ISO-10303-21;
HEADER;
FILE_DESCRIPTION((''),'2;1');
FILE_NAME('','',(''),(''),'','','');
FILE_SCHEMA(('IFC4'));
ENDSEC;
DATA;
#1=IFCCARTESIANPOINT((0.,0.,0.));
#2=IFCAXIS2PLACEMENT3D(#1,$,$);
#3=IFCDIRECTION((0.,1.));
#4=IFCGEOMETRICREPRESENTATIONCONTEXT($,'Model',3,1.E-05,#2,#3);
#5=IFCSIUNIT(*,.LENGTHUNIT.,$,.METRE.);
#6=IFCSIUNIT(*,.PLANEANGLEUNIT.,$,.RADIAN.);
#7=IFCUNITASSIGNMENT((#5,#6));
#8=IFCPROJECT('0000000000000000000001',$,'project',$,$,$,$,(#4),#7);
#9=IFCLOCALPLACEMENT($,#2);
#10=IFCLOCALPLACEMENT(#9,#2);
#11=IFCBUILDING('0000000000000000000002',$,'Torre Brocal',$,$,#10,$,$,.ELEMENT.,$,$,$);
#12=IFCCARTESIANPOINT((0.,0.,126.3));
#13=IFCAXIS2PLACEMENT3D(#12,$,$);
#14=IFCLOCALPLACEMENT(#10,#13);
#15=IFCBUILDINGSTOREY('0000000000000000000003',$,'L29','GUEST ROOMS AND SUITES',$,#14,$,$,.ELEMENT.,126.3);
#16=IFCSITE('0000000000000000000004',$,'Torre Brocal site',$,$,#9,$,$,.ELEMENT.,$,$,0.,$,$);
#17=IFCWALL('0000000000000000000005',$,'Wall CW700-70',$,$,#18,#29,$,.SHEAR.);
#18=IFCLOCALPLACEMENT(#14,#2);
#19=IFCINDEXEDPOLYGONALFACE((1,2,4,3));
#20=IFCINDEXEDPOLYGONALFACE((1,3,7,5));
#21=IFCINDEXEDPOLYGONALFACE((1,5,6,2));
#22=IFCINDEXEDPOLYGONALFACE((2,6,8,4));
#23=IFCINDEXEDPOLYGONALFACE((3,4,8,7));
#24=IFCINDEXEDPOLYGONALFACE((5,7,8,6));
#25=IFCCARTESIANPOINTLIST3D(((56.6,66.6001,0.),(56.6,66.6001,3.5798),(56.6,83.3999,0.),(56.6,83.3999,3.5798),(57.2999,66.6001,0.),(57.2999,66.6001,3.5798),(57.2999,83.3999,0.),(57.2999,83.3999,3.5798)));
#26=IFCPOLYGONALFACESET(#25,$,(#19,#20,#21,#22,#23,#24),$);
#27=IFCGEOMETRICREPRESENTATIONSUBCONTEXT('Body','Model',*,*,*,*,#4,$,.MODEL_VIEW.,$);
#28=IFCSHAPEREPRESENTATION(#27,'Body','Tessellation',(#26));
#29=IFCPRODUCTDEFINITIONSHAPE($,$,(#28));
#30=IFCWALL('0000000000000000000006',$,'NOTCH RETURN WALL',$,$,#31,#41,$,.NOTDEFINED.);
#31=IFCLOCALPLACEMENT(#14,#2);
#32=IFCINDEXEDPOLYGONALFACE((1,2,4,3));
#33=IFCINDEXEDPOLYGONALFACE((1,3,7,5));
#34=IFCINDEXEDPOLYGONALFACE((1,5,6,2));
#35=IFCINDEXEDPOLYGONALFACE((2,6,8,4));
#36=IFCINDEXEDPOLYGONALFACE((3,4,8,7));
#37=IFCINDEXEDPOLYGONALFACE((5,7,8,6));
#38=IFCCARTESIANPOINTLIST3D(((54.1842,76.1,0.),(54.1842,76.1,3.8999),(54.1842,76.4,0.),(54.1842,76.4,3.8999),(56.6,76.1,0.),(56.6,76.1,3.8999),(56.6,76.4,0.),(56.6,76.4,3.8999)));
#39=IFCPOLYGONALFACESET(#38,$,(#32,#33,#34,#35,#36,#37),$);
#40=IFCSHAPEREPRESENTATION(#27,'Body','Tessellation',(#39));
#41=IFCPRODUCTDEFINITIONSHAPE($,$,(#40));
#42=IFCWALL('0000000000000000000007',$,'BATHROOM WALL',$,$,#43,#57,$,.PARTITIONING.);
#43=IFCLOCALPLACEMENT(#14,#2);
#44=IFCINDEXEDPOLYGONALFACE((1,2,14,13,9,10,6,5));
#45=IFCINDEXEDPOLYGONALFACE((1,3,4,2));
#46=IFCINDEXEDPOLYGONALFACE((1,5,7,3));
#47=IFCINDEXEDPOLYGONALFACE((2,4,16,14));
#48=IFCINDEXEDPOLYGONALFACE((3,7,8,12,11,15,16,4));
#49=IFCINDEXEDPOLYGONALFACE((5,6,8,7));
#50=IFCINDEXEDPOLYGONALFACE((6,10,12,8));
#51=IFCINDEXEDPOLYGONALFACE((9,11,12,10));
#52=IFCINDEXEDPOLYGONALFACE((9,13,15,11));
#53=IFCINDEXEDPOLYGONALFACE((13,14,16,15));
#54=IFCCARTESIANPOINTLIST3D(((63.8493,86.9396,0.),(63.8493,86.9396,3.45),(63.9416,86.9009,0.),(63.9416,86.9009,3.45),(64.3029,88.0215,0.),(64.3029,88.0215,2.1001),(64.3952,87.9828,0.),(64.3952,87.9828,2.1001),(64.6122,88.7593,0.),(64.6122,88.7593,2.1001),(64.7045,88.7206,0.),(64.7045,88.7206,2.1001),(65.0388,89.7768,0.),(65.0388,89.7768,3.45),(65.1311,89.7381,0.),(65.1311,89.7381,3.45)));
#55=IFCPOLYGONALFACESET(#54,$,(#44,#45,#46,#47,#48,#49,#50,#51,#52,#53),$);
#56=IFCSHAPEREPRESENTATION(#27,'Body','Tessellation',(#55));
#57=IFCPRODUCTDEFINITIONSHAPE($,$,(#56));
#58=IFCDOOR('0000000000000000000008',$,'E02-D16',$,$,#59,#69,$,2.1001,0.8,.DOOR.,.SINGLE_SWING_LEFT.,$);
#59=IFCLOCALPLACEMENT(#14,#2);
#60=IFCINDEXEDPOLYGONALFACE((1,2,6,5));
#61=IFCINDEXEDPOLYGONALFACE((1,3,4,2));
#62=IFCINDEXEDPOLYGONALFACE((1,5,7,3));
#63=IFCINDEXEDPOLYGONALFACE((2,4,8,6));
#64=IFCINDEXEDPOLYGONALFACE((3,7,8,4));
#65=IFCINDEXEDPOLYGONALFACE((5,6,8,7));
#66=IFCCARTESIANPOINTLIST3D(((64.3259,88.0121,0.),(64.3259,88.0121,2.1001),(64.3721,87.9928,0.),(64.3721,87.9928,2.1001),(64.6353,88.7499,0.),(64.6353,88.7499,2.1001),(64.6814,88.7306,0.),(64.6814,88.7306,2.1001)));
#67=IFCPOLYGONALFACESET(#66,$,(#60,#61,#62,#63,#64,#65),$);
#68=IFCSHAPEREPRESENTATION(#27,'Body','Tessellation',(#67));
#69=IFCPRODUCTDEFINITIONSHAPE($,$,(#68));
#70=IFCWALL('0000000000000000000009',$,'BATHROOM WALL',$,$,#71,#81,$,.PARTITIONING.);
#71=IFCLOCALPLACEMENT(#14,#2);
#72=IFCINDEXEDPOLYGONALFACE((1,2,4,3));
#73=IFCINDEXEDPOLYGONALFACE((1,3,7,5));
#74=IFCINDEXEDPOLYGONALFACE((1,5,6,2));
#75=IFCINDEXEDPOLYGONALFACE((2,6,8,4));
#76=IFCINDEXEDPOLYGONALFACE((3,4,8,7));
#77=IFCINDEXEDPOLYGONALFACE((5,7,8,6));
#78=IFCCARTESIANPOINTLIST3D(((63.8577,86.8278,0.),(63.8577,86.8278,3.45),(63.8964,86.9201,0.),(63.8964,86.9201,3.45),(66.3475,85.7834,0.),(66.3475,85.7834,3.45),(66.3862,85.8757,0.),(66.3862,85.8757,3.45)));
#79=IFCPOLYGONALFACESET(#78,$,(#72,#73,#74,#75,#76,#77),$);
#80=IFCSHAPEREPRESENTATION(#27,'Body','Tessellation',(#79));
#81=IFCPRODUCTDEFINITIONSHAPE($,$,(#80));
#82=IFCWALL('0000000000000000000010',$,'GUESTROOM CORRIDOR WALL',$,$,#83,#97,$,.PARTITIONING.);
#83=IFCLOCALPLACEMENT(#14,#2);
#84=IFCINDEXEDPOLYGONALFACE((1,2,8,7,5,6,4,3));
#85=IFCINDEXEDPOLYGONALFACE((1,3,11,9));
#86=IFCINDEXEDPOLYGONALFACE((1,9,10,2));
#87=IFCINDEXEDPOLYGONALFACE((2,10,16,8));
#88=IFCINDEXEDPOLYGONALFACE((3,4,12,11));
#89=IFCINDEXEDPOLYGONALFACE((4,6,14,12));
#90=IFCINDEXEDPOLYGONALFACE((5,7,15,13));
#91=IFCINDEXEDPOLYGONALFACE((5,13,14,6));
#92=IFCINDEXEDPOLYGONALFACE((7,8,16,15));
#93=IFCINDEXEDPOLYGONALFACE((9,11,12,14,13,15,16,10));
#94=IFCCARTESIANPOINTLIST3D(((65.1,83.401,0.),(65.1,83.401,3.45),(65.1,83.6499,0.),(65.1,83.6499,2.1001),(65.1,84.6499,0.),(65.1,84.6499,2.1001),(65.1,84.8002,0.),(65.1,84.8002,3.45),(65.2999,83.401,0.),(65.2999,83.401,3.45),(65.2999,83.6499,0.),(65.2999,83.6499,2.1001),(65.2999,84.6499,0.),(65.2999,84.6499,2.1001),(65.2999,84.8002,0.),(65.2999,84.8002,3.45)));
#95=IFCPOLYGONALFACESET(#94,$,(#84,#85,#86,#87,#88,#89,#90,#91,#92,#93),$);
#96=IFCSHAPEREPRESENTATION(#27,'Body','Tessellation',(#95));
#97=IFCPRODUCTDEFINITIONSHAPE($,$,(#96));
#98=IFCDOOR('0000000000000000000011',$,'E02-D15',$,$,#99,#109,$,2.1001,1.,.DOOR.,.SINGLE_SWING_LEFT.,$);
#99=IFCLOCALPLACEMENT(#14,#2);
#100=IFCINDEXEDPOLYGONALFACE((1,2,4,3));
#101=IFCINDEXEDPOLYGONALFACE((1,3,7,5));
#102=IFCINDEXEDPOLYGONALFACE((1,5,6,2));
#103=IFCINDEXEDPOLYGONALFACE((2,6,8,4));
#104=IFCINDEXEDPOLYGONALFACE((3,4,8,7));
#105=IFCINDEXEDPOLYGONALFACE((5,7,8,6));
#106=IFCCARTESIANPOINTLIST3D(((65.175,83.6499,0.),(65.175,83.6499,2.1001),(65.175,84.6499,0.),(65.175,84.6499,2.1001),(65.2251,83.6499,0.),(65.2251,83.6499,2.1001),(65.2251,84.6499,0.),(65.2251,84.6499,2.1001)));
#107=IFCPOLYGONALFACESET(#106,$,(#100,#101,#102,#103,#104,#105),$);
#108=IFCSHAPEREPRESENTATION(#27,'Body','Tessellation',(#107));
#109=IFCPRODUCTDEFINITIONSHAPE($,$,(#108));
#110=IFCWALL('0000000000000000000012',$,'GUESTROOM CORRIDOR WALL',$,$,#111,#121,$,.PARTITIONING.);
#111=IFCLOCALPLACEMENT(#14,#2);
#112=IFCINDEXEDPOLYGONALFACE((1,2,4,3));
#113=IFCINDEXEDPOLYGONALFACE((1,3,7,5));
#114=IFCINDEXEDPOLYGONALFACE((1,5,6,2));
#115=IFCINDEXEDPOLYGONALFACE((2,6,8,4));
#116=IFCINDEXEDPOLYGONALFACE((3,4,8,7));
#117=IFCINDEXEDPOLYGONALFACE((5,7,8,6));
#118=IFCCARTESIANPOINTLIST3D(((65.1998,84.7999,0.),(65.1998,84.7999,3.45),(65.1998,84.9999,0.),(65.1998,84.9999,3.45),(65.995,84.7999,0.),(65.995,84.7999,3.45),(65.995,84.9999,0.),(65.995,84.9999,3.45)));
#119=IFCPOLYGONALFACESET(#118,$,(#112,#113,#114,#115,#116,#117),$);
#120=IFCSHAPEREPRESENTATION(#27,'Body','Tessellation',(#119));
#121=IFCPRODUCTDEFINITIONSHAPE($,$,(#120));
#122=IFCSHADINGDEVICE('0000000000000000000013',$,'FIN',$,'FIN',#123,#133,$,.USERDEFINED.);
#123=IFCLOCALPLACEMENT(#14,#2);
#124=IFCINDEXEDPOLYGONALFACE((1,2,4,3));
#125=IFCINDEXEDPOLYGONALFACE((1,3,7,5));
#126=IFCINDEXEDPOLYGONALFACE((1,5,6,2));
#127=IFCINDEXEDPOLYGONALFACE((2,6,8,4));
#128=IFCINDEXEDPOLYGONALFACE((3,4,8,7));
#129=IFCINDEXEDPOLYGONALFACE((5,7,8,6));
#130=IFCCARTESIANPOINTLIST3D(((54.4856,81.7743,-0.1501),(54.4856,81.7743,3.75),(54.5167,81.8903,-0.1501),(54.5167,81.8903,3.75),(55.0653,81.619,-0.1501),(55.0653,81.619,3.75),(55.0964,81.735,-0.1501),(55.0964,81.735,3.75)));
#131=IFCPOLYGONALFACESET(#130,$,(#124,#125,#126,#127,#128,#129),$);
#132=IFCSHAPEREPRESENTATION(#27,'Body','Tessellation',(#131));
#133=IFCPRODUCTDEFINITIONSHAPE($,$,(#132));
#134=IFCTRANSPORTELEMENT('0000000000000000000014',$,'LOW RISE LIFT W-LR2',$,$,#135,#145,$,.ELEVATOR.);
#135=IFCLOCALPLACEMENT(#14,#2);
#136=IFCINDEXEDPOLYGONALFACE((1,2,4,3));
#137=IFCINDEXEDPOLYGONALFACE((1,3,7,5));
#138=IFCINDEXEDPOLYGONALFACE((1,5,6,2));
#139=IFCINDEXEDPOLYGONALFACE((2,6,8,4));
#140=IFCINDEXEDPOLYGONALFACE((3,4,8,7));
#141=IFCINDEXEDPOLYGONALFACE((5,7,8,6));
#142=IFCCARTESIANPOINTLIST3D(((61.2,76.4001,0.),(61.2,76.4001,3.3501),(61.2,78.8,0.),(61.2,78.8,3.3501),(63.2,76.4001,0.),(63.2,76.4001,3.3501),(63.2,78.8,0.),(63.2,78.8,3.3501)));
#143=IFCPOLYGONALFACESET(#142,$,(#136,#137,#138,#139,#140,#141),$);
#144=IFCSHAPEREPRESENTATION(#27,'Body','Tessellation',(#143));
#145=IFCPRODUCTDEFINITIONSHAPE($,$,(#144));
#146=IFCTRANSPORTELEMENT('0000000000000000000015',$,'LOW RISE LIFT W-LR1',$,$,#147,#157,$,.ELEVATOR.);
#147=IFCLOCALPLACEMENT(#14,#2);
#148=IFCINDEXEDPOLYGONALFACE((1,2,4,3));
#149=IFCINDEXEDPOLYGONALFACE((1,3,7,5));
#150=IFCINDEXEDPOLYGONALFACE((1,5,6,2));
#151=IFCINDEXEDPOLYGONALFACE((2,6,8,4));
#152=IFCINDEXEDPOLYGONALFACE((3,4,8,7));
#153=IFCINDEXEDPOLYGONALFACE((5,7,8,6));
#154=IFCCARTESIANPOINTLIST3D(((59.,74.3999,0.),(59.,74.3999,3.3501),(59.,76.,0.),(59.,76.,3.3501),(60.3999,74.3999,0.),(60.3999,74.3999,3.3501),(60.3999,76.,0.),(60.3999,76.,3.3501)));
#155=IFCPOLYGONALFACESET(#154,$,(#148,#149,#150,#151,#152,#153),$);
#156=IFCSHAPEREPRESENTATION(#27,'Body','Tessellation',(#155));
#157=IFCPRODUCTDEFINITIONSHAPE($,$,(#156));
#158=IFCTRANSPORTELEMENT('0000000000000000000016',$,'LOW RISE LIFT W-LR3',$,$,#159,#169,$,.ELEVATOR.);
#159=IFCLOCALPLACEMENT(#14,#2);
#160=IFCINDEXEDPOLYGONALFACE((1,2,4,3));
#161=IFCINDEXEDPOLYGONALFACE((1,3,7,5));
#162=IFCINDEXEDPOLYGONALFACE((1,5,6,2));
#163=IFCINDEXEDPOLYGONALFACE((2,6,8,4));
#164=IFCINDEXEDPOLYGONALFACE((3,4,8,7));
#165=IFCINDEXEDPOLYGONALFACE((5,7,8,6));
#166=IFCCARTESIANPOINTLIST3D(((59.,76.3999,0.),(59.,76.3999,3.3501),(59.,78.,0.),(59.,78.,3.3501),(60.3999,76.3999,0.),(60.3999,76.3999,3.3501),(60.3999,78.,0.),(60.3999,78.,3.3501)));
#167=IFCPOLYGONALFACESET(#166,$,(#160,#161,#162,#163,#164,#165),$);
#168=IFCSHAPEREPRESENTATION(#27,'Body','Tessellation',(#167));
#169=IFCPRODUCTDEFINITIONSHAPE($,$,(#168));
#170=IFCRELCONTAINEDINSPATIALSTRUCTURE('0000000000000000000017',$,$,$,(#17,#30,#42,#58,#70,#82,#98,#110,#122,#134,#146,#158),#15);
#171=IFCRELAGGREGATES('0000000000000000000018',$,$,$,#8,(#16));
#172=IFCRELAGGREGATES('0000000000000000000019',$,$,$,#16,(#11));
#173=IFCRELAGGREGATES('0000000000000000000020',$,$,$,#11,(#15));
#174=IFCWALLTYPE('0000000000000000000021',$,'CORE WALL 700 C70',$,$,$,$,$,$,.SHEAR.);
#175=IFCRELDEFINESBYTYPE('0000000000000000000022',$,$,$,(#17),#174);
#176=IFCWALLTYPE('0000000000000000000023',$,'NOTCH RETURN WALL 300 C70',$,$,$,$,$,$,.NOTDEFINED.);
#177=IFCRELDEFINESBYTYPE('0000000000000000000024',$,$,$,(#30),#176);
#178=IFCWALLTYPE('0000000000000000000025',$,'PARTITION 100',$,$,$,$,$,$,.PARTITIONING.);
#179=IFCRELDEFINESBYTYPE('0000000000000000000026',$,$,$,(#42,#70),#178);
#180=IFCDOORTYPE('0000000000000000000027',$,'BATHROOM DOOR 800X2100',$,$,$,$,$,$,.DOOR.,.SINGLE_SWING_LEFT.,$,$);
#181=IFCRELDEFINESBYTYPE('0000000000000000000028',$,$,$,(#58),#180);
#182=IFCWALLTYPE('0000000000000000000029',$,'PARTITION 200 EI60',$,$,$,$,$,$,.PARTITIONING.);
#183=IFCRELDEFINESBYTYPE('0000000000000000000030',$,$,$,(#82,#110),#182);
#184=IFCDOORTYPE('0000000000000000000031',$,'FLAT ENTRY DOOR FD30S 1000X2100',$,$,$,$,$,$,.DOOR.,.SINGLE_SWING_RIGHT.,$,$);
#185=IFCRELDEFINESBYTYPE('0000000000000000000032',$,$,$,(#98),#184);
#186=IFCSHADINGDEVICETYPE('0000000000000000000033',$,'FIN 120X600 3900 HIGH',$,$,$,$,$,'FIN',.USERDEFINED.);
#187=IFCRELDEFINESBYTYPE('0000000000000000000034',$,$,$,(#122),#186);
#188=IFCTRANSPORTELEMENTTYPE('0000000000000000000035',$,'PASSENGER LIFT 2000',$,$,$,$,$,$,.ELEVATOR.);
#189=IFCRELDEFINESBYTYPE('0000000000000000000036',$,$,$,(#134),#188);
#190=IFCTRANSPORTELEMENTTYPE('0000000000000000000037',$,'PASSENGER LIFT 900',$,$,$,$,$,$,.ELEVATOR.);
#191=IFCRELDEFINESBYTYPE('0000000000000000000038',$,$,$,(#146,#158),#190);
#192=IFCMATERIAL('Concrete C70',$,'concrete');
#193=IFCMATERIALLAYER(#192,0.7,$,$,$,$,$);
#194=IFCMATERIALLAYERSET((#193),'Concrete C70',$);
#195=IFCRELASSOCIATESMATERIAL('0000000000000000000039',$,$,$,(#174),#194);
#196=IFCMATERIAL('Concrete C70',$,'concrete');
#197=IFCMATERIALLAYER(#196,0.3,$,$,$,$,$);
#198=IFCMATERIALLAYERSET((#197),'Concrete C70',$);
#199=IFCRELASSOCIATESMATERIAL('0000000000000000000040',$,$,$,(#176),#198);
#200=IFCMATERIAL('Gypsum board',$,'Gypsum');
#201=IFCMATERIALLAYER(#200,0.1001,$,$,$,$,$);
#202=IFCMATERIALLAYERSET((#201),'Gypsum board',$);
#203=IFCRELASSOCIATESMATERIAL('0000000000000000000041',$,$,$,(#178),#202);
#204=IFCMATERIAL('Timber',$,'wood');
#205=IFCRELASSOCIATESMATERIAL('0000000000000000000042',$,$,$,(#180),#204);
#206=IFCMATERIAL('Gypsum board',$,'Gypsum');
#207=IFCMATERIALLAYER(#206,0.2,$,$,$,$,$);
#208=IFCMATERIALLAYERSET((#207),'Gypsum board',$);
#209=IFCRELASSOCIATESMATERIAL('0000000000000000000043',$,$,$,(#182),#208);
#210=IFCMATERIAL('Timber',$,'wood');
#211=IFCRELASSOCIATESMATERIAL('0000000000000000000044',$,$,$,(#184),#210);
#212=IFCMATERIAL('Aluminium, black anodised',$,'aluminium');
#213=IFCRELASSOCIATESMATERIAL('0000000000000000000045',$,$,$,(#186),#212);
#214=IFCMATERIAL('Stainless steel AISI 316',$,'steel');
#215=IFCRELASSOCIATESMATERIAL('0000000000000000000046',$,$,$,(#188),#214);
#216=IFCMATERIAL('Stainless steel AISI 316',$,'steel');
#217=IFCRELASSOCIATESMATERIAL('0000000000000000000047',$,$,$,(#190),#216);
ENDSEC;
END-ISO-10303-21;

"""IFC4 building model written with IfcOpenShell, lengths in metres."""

from ifc_helpers import new_model, si_unit, direction, frame, frame_2d, origin, origin_2d, place, context, subcontext, project, spatial, rectangle, extrude, material, layer, layer_set, material_profile, profile_set, type_object, element, fill, save


model = new_model("IFC4")

# Units and contexts
model_context = context("Model", 3, precision=1e-05, world=origin(), true_north=direction((0.0, 1.0)))
body_context = subcontext(model_context, "Body", "Model", "MODEL_VIEW")
ifc_project = project(units=[si_unit("LENGTHUNIT", "METRE"), si_unit("PLANEANGLEUNIT", "RADIAN")], contexts=[model_context])

# Site, building, storey
site_placement = place(None, origin())
site = spatial("IfcSite", under=ifc_project, at=site_placement, Name="Torre Brocal site", CompositionType="ELEMENT", RefElevation=0.0)
building_placement = place(site_placement, origin())
building = spatial("IfcBuilding", under=site, at=building_placement, Name="Torre Brocal", CompositionType="ELEMENT")
storey_placement = place(building_placement, frame((0.0, 0.0, 126.3)))
storey = spatial("IfcBuildingStorey", under=building, at=storey_placement, Name="L29", Description="GUEST ROOMS AND SUITES", CompositionType="ELEMENT", Elevation=126.3)

# Walls
ifc_material_1 = material(Name="Concrete C70", Category="concrete")
ifc_layer_1 = layer(ifc_material_1, 0.7)
ifc_layer_set_1 = layer_set([ifc_layer_1], Name="Concrete C70")
wall_type_1 = type_object("IfcWallType", Name="CORE WALL 700 C70", PredefinedType="SHEAR", material=ifc_layer_set_1)
wall_1_placement = place(storey_placement, frame((56.95, 83.3999, 0.0), z_axis=(0.0, 0.0, 1.0), x_axis=(0.0, -1.0, 0.0)))
element("IfcWall", 1, at=wall_1_placement, inside=storey, type_object=wall_type_1, Name="Wall CW700-70", PredefinedType="SHEAR", context=body_context, shape_type="SweptSolid", body=[
    extrude(rectangle(XDim=16.7998, YDim=0.7, at=frame_2d((8.3999, 0.0))), origin(), (0.0, 0.0, 1.0), 3.5798),
])
ifc_material_2 = material(Name="Concrete C70", Category="concrete")
ifc_layer_2 = layer(ifc_material_2, 0.3)
ifc_layer_set_2 = layer_set([ifc_layer_2], Name="Concrete C70")
wall_type_2 = type_object("IfcWallType", Name="NOTCH RETURN WALL 300 C70", PredefinedType="NOTDEFINED", material=ifc_layer_set_2)
wall_2_placement = place(storey_placement, frame((56.6001, 76.25, 0.0), z_axis=(0.0, 0.0, 1.0), x_axis=(-1.0, 0.0, 0.0)))
element("IfcWall", 2, at=wall_2_placement, inside=storey, type_object=wall_type_2, Name="NOTCH RETURN WALL", PredefinedType="NOTDEFINED", context=body_context, shape_type="SweptSolid", body=[
    extrude(rectangle(XDim=2.4158, YDim=0.3, at=frame_2d((1.208, 0.0))), origin(), (0.0, 0.0, 1.0), 3.8999),
])

# Wall, opening, door
ifc_material_3 = material(Name="Gypsum board", Category="Gypsum")
ifc_layer_3 = layer(ifc_material_3, 0.1001)
ifc_layer_set_3 = layer_set([ifc_layer_3], Name="Gypsum board")
wall_type_3 = type_object("IfcWallType", Name="PARTITION 100", PredefinedType="PARTITIONING", material=ifc_layer_set_3)
wall_3_placement = place(storey_placement, frame((63.8955, 86.9204, 0.0), z_axis=(0.0, 0.0, 1.0), x_axis=(0.386637, 0.922232, 0.0)))
wall_3 = element("IfcWall", 3, at=wall_3_placement, inside=storey, type_object=wall_type_3, Name="BATHROOM WALL", PredefinedType="PARTITIONING", context=body_context, shape_type="SweptSolid", body=[
    extrude(rectangle(XDim=3.0764, YDim=0.1001, at=frame_2d((1.5381, 0.0))), origin(), (0.0, 0.0, 1.0), 3.45),
])
opening_1_placement = place(wall_3_placement, frame((1.1731, 0.0, 0.0)))
opening_1 = element("IfcOpeningElement", 4, at=opening_1_placement, cuts=wall_3, PredefinedType="OPENING", context=body_context, shape_type="SweptSolid", body=[
    extrude(rectangle(XDim=0.8, YDim=2.1001, at=frame_2d((0.3999, 1.05))), frame((0.0, 0.0601, 0.0), z_axis=(0.0, -1.0, 0.0), x_axis=(1.0, 0.0, 0.0)), (0.0, 0.0, 1.0), 0.1201),
])
ifc_material_4 = material(Name="Timber", Category="wood")
door_type_1 = type_object("IfcDoorType", Name="BATHROOM DOOR 800X2100", OperationType="SINGLE_SWING_LEFT", PredefinedType="DOOR", material=ifc_material_4)
door_1_placement = place(opening_1_placement, frame((0.8, 0.0, 0.0), z_axis=(0.0, 0.0, 1.0), x_axis=(-1.0, 0.0, 0.0)))
door_1 = element("IfcDoor", 5, at=door_1_placement, inside=storey, type_object=door_type_1, Name="E02-D16", OperationType="SINGLE_SWING_LEFT", OverallHeight=2.1001, OverallWidth=0.8, PredefinedType="DOOR", context=body_context, shape_type="SweptSolid", body=[
    extrude(rectangle(XDim=0.8, YDim=2.1001, at=frame_2d((0.3999, 1.05))), frame((0.0, 0.0249, 0.0), z_axis=(0.0, -1.0, 0.0), x_axis=(1.0, 0.0, 0.0)), (0.0, 0.0, 1.0), 0.05),
])
fill(opening_1, door_1)

# Wall
wall_4_placement = place(storey_placement, frame((63.877, 86.874, 0.0), z_axis=(0.0, 0.0, 1.0), x_axis=(0.922149, -0.386836, 0.0)))
element("IfcWall", 6, at=wall_4_placement, inside=storey, type_object=wall_type_3, Name="BATHROOM WALL", PredefinedType="PARTITIONING", context=body_context, shape_type="SweptSolid", body=[
    extrude(rectangle(XDim=2.7, YDim=0.1001, at=frame_2d((1.3501, 0.0))), origin(), (0.0, 0.0, 1.0), 3.45),
])

# Wall, opening, door
ifc_material_5 = material(Name="Gypsum board", Category="Gypsum")
ifc_layer_4 = layer(ifc_material_5, 0.2)
ifc_layer_set_4 = layer_set([ifc_layer_4], Name="Gypsum board")
wall_type_4 = type_object("IfcWallType", Name="PARTITION 200 EI60", PredefinedType="PARTITIONING", material=ifc_layer_set_4)
wall_5_placement = place(storey_placement, frame((65.2, 83.4009, 0.0), z_axis=(0.0, 0.0, 1.0), x_axis=(0.0, 1.0, 0.0)))
wall_5 = element("IfcWall", 7, at=wall_5_placement, inside=storey, type_object=wall_type_4, Name="GUESTROOM CORRIDOR WALL", PredefinedType="PARTITIONING", context=body_context, shape_type="SweptSolid", body=[
    extrude(rectangle(XDim=1.3992, YDim=0.2, at=frame_2d((0.6997, 0.0))), origin(), (0.0, 0.0, 1.0), 3.45),
])
opening_2_placement = place(wall_5_placement, frame((0.249, 0.0, 0.0)))
opening_2 = element("IfcOpeningElement", 8, at=opening_2_placement, cuts=wall_5, PredefinedType="OPENING", context=body_context, shape_type="SweptSolid", body=[
    extrude(rectangle(XDim=1.0, YDim=2.1001, at=frame_2d((0.5, 1.05))), frame((0.0, 0.1099, 0.0), z_axis=(0.0, -1.0, 0.0), x_axis=(1.0, 0.0, 0.0)), (0.0, 0.0, 1.0), 0.22),
])
ifc_material_6 = material(Name="Timber", Category="wood")
door_type_2 = type_object("IfcDoorType", Name="FLAT ENTRY DOOR FD30S 1000X2100", OperationType="SINGLE_SWING_RIGHT", PredefinedType="DOOR", material=ifc_material_6)
door_2_placement = place(opening_2_placement, origin())
door_2 = element("IfcDoor", 9, at=door_2_placement, inside=storey, type_object=door_type_2, Name="E02-D15", OperationType="SINGLE_SWING_LEFT", OverallHeight=2.1001, OverallWidth=1.0, PredefinedType="DOOR", context=body_context, shape_type="SweptSolid", body=[
    extrude(rectangle(XDim=1.0, YDim=2.1001, at=frame_2d((0.5, 1.05))), frame((0.0, 0.0249, 0.0), z_axis=(0.0, -1.0, 0.0), x_axis=(1.0, 0.0, 0.0)), (0.0, 0.0, 1.0), 0.05),
])
fill(opening_2, door_2)

# Wall
wall_6_placement = place(storey_placement, frame((65.2, 84.8999, 0.0), z_axis=(0.0, 0.0, 1.0), x_axis=(1.0, 0.0, 0.0)))
element("IfcWall", 10, at=wall_6_placement, inside=storey, type_object=wall_type_4, Name="GUESTROOM CORRIDOR WALL", PredefinedType="PARTITIONING", context=body_context, shape_type="SweptSolid", body=[
    extrude(rectangle(XDim=0.7952, YDim=0.2, at=frame_2d((0.3975, 0.0))), origin(), (0.0, 0.0, 1.0), 3.45),
])

# Shading device
ifc_material_7 = material(Name="Aluminium, black anodised", Category="aluminium")
ifc_material_profile_1 = material_profile(ifc_material_7, rectangle(XDim=0.1201, YDim=0.6001, at=origin_2d()), Name="FIN 120X600 3900 HIGH")
ifc_profile_set_1 = profile_set([ifc_material_profile_1], Name="Aluminium, black anodised")
shading_device_type = type_object("IfcShadingDeviceType", Name="FIN 120X600 3900 HIGH", ElementType="FIN", PredefinedType="USERDEFINED", material=ifc_profile_set_1)
shading_device_placement = place(storey_placement, frame((54.791, 81.7546, -0.1501), z_axis=(0.0, 0.0, 1.0), x_axis=(-0.258819, -0.965926, 0.0)))
element("IfcShadingDevice", 11, at=shading_device_placement, inside=storey, type_object=shading_device_type, Name="FIN", ObjectType="FIN", PredefinedType="USERDEFINED", context=body_context, shape_type="SweptSolid", body=[
    extrude(rectangle(XDim=0.1201, YDim=0.6001, at=origin_2d()), origin(), (0.0, 0.0, 1.0), 3.9001),
])

# Transport elements
ifc_material_8 = material(Name="Stainless steel AISI 316", Category="steel")
transport_element_type_1 = type_object("IfcTransportElementType", Name="PASSENGER LIFT 2000", PredefinedType="ELEVATOR", material=ifc_material_8)
transport_element_placement = place(storey_placement, frame((62.2, 77.6001, 0.0), z_axis=(0.0, 0.0, 1.0), x_axis=(1.0, 0.0, 0.0)))
element("IfcTransportElement", 12, at=transport_element_placement, inside=storey, type_object=transport_element_type_1, Name="LOW RISE LIFT W-LR2", PredefinedType="ELEVATOR", context=body_context, shape_type="SweptSolid", body=[
    extrude(rectangle(XDim=2.0, YDim=2.3999, at=origin_2d()), origin(), (0.0, 0.0, 1.0), 3.3501),
])
ifc_material_9 = material(Name="Stainless steel AISI 316", Category="steel")
transport_element_type_2 = type_object("IfcTransportElementType", Name="PASSENGER LIFT 900", PredefinedType="ELEVATOR", material=ifc_material_9)
for number, where, z_axis, x_axis, name in (
    (13, (59.7, 75.2, 0.0), (0.0, 0.0, 1.0), (1.0, 0.0, 0.0), "LOW RISE LIFT W-LR1"),
    (14, (59.7, 77.2, 0.0), (0.0, 0.0, 1.0), (1.0, 0.0, 0.0), "LOW RISE LIFT W-LR3"),
):
    element("IfcTransportElement", number, at=place(storey_placement, frame(where, z_axis=z_axis, x_axis=x_axis)), inside=storey, type_object=transport_element_type_2, Name=name, PredefinedType="ELEVATOR", context=body_context, shape_type="SweptSolid", body=[
        extrude(rectangle(XDim=1.3999, YDim=1.6001, at=origin_2d()), origin(), (0.0, 0.0, 1.0), 3.3501),
    ])

save(model, "model.ifc")
